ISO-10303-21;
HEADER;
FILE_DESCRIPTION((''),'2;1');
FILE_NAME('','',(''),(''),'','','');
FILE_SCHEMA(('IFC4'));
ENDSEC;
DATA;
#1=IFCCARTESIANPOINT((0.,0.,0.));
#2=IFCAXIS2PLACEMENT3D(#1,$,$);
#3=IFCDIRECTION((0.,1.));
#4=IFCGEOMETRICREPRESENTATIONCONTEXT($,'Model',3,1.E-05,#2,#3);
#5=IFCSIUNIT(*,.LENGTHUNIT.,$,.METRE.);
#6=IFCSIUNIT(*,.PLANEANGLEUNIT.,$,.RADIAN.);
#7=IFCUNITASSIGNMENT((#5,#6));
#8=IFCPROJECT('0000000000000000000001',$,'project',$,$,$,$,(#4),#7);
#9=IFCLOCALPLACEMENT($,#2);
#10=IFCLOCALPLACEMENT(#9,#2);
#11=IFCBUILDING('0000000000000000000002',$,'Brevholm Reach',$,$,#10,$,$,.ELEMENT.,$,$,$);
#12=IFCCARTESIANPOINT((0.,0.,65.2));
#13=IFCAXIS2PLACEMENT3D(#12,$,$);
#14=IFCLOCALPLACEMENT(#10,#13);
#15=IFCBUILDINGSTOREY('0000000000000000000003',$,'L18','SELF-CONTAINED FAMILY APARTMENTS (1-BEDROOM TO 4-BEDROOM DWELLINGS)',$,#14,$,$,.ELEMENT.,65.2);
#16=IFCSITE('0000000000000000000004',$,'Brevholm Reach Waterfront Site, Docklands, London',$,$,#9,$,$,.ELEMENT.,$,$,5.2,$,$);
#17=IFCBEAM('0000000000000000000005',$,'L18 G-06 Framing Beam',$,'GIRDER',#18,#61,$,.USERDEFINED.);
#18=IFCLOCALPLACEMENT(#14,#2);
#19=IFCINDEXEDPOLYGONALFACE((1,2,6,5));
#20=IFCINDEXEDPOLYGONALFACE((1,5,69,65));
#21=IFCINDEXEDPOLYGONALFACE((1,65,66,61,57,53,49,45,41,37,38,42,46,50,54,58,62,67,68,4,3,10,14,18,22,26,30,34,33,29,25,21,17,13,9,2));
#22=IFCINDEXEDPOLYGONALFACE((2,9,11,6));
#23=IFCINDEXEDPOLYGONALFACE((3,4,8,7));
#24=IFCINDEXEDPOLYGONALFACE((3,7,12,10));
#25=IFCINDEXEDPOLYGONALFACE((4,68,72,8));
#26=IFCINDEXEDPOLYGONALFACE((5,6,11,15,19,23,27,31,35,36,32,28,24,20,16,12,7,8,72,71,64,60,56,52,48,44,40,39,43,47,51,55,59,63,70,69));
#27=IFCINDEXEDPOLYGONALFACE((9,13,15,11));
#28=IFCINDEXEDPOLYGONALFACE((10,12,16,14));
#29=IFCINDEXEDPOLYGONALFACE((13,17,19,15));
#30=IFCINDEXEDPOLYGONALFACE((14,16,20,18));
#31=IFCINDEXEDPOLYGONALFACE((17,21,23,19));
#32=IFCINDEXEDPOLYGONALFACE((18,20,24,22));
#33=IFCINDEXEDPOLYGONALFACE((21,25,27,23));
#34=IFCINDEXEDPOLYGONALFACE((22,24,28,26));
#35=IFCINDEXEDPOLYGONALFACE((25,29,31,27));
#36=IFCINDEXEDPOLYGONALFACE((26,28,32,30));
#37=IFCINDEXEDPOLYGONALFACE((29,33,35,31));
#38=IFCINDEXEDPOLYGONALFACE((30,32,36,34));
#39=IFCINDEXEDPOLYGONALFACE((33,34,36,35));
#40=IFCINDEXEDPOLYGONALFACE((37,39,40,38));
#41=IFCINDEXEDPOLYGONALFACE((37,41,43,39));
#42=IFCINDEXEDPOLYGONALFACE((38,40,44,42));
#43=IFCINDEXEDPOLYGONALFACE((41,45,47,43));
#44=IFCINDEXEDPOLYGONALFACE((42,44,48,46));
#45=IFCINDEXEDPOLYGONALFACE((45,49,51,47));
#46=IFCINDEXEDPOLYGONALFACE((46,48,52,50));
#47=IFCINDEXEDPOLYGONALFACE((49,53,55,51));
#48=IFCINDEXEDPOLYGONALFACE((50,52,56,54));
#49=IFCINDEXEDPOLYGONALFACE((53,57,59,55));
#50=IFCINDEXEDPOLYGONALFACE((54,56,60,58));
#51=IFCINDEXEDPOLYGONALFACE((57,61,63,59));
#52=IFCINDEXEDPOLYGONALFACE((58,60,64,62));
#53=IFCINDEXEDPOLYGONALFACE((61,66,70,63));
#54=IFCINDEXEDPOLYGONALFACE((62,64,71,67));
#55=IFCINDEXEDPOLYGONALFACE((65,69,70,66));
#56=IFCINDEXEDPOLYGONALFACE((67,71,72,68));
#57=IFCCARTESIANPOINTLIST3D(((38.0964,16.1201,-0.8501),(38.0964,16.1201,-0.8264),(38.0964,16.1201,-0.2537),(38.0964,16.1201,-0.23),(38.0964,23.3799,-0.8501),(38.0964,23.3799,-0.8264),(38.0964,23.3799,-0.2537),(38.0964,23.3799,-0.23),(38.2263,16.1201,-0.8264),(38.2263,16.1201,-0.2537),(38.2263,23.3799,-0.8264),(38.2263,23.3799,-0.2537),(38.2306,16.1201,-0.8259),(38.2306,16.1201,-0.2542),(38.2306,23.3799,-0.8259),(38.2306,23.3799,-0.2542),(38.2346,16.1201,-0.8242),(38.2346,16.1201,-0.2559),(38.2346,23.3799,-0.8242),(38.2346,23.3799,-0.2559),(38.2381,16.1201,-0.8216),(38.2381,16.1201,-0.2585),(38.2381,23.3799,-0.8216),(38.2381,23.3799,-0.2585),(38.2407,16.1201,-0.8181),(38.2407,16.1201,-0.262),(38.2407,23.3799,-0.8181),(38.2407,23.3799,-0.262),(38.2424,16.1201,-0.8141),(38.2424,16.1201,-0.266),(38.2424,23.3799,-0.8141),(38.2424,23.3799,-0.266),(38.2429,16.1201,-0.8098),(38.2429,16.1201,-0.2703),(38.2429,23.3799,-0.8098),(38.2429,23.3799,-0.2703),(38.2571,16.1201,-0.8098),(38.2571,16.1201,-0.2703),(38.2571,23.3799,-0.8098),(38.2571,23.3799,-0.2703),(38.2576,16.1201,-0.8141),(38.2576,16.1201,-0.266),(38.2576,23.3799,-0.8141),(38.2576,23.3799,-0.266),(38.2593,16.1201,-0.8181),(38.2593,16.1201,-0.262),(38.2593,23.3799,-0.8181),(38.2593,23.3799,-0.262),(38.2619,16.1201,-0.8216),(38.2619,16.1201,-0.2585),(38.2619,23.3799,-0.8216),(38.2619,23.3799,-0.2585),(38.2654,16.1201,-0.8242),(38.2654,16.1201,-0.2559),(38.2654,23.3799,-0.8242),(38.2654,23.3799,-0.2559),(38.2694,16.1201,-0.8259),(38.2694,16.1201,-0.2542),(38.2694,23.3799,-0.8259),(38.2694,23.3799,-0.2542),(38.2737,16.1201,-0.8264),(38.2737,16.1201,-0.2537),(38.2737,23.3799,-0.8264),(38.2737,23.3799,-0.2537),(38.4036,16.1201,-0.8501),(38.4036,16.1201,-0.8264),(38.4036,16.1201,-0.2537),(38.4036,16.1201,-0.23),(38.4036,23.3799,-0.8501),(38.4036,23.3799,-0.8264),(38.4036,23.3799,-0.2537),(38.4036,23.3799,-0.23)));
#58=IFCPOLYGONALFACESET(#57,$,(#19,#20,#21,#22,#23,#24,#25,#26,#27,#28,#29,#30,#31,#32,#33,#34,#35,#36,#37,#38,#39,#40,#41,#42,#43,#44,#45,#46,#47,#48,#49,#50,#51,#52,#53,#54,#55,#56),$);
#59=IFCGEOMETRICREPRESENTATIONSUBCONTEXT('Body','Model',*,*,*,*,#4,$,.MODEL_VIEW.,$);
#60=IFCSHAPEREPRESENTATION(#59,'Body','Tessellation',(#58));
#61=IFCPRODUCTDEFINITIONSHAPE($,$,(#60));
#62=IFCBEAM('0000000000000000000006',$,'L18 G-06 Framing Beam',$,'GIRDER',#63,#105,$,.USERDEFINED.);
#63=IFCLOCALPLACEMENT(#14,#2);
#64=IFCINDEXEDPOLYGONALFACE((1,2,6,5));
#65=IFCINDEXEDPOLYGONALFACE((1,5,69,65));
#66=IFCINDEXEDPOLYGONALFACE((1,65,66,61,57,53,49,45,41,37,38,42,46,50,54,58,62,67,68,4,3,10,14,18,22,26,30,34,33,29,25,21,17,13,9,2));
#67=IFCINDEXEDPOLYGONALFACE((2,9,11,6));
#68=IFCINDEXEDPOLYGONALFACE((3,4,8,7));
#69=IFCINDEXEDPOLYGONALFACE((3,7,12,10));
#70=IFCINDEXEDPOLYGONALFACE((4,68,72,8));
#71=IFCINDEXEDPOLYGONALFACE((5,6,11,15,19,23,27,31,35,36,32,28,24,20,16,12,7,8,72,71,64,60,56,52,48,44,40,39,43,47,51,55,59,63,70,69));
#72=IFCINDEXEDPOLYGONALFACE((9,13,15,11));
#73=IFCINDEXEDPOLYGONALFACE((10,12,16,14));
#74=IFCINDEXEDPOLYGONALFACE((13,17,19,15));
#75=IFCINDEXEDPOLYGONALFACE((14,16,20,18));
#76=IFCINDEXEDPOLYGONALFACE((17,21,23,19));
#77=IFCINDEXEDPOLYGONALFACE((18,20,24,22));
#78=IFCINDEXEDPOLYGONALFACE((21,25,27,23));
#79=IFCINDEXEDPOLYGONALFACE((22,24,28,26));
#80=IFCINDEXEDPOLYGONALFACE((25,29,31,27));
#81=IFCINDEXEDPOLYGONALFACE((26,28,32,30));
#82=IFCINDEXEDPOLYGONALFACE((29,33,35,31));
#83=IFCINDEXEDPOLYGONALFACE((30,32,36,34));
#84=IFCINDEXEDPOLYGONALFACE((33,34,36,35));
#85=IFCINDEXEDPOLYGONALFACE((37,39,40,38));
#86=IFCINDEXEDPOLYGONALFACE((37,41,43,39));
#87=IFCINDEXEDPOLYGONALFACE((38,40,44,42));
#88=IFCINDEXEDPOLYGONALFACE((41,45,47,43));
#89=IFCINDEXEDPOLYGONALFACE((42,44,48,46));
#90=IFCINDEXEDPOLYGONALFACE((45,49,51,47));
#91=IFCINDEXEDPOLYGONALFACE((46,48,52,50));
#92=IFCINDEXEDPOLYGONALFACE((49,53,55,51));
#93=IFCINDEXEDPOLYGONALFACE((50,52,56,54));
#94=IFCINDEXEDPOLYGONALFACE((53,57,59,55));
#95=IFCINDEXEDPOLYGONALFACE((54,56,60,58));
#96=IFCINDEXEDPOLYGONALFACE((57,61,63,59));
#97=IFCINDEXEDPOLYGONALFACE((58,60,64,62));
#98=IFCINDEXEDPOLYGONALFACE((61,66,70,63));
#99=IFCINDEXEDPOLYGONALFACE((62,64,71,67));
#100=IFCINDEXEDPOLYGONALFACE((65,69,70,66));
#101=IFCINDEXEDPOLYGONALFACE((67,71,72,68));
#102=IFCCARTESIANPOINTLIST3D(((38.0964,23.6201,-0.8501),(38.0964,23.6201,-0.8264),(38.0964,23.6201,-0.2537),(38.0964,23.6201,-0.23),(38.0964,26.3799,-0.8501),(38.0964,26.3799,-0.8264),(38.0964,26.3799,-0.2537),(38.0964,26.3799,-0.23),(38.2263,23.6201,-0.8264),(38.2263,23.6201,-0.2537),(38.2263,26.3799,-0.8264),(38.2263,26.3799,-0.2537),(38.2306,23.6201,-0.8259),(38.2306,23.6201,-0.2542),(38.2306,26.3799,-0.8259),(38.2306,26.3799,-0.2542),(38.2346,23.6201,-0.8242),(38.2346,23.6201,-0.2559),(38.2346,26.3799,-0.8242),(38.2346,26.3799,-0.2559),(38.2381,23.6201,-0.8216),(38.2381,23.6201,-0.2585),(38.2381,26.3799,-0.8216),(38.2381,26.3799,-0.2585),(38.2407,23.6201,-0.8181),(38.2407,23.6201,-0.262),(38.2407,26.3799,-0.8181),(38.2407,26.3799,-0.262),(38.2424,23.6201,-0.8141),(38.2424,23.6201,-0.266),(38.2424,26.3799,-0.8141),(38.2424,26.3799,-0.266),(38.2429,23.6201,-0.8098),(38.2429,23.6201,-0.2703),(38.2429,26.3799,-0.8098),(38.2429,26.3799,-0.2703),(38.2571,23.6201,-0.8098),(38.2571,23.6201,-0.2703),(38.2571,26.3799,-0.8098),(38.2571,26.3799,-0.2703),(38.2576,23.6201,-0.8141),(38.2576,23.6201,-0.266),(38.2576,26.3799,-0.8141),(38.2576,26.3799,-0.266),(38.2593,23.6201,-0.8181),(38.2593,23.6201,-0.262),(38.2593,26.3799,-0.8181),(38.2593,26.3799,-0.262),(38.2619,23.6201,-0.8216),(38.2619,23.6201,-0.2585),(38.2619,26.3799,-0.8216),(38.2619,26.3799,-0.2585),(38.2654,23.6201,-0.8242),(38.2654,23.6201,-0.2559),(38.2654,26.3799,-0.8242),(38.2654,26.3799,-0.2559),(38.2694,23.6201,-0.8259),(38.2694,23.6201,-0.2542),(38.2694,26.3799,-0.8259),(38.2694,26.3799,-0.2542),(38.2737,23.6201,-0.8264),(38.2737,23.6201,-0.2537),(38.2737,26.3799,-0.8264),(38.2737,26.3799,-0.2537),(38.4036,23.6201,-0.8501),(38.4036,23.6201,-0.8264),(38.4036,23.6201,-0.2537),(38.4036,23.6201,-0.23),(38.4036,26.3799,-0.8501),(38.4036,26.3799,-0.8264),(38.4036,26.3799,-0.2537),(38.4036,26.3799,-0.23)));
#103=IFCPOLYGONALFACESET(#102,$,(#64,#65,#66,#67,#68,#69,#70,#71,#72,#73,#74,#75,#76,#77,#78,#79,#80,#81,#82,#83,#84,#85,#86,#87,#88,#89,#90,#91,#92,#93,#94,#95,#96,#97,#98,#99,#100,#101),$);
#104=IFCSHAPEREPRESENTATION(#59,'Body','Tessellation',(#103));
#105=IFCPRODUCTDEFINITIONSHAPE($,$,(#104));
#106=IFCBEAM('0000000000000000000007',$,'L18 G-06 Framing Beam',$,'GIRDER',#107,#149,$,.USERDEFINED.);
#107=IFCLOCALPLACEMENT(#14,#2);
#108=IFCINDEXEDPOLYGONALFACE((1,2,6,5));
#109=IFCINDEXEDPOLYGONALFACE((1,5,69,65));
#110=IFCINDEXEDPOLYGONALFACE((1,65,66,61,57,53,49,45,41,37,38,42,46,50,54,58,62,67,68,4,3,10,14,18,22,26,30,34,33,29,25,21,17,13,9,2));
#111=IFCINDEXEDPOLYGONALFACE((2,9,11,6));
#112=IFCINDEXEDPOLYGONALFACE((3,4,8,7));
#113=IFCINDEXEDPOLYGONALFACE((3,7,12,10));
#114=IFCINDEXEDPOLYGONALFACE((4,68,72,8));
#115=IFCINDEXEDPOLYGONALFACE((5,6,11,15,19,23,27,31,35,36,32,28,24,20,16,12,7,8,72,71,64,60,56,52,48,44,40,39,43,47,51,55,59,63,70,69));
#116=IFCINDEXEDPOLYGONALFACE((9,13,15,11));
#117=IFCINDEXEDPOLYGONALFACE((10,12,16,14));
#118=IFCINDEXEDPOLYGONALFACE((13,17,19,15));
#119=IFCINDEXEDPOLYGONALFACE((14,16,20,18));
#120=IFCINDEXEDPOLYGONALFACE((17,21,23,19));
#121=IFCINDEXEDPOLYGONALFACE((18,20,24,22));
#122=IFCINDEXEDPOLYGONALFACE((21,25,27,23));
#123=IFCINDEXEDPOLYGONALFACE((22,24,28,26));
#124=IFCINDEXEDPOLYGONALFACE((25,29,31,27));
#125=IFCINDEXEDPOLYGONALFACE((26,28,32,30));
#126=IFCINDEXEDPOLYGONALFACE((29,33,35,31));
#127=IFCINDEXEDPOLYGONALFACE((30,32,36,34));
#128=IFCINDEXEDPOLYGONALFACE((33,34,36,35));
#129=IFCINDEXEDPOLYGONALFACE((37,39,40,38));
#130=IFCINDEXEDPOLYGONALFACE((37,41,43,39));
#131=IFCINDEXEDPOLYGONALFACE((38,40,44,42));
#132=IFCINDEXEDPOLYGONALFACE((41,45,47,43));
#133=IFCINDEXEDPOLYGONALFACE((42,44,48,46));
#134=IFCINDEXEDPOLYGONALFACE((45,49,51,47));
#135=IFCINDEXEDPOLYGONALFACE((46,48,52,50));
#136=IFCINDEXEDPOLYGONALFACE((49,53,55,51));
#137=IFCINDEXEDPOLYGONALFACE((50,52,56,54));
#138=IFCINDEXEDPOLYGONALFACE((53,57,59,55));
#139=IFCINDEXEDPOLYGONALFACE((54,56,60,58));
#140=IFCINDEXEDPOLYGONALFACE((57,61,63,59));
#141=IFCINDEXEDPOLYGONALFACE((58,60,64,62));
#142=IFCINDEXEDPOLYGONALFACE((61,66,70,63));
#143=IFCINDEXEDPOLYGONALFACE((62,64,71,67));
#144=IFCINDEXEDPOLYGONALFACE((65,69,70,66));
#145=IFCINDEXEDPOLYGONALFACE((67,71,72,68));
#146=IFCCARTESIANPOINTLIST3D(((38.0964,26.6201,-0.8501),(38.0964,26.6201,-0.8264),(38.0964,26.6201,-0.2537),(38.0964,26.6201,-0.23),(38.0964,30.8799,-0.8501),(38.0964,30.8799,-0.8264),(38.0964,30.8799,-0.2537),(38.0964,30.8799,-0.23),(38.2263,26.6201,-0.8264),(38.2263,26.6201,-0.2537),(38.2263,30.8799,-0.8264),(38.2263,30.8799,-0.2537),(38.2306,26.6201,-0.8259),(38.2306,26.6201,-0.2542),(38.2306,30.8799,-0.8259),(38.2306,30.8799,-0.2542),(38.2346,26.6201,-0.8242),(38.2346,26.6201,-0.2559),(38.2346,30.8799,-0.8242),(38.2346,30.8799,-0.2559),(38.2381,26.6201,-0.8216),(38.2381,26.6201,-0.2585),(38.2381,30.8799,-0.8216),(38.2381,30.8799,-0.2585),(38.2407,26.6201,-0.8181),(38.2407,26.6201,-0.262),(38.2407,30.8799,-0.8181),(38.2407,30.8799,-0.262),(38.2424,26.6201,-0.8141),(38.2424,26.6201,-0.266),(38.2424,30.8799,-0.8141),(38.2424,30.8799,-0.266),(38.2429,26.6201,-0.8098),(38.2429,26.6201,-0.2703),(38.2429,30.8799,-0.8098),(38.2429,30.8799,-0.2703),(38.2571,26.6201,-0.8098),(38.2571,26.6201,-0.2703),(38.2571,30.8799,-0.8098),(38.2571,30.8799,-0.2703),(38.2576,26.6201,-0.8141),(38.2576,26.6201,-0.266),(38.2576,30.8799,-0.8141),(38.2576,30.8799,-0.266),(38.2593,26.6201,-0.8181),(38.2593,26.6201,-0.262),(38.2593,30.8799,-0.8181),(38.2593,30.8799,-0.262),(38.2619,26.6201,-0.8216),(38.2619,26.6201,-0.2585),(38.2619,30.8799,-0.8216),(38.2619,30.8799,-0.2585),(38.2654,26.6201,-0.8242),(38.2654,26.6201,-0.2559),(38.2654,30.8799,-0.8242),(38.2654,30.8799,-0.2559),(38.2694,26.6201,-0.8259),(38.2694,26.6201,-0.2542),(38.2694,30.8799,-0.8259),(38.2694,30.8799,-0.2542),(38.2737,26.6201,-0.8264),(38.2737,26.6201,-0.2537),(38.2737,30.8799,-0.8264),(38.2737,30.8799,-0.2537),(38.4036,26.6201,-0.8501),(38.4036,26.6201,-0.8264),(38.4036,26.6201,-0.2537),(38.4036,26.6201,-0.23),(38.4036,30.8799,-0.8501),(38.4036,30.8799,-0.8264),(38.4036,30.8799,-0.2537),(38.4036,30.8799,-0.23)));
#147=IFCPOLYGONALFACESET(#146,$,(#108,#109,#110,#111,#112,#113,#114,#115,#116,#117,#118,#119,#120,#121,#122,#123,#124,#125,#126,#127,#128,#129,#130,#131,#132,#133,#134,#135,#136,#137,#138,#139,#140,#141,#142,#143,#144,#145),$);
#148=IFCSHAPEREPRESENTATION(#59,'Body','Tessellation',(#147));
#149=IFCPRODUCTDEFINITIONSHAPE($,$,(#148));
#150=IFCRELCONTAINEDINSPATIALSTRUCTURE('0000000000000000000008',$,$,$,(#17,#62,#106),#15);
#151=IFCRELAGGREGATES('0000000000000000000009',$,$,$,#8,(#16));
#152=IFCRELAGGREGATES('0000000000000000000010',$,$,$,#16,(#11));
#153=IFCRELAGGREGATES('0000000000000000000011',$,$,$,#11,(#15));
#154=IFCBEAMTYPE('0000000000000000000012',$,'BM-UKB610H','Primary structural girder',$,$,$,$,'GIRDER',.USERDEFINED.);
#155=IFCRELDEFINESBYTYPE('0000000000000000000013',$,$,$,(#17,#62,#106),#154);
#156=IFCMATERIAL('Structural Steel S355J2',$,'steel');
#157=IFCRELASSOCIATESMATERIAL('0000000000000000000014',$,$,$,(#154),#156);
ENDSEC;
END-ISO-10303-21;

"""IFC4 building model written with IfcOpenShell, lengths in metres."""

from ifc_helpers import new_model, si_unit, direction, frame, origin, origin_2d, place, context, subcontext, project, spatial, i_section, extrude, material, material_profile, profile_set, type_object, element, save


model = new_model("IFC4")

# Units and contexts
model_context = context("Model", 3, precision=1e-05, world=origin(), true_north=direction((0.0, 1.0)))
body_context = subcontext(model_context, "Body", "Model", "MODEL_VIEW")
ifc_project = project(units=[si_unit("LENGTHUNIT", "METRE"), si_unit("PLANEANGLEUNIT", "RADIAN")], contexts=[model_context])

# Site, building, storey
site_placement = place(None, origin())
site = spatial("IfcSite", under=ifc_project, at=site_placement, Name="Brevholm Reach Waterfront Site, Docklands, London", CompositionType="ELEMENT", RefElevation=5.2)
building_placement = place(site_placement, origin())
building = spatial("IfcBuilding", under=site, at=building_placement, Name="Brevholm Reach", CompositionType="ELEMENT")
storey_placement = place(building_placement, frame((0.0, 0.0, 65.2)))
storey = spatial("IfcBuildingStorey", under=building, at=storey_placement, Name="L18", Description="SELF-CONTAINED FAMILY APARTMENTS (1-BEDROOM TO 4-BEDROOM DWELLINGS)", CompositionType="ELEMENT", Elevation=65.2)

# Beams
ifc_material_1 = material(Name="Structural Steel S355J2", Category="steel")
ifc_material_profile_1 = material_profile(ifc_material_1, i_section(OverallWidth=0.3071, OverallDepth=0.6201, WebThickness=0.0142, FlangeThickness=0.0237, FilletRadius=0.0166, at=origin_2d()), Name="UKB 610x305x179")
ifc_profile_set_1 = profile_set([ifc_material_profile_1], Name="Structural Steel S355J2")
beam_type_1 = type_object("IfcBeamType", Name="BM-UKB610H", Description="Primary structural girder", ElementType="GIRDER", PredefinedType="USERDEFINED", material=ifc_profile_set_1)
beam_1_placement = place(storey_placement, frame((38.25, 16.1201, -0.54), z_axis=(0.0, 1.0, 0.0), x_axis=(-1.0, 0.0, 0.0)))
element("IfcBeam", 1, at=beam_1_placement, inside=storey, type_object=beam_type_1, Name="L18 G-06 Framing Beam", ObjectType="GIRDER", PredefinedType="USERDEFINED", context=body_context, shape_type="SweptSolid", body=[
    extrude(i_section(OverallWidth=0.3071, OverallDepth=0.6201, WebThickness=0.0142, FlangeThickness=0.0237, FilletRadius=0.0166, at=origin_2d()), origin(), (0.0, 0.0, 1.0), 7.2598),
])
beam_2_placement = place(storey_placement, frame((38.25, 23.6201, -0.54), z_axis=(0.0, 1.0, 0.0), x_axis=(-1.0, 0.0, 0.0)))
element("IfcBeam", 2, at=beam_2_placement, inside=storey, type_object=beam_type_1, Name="L18 G-06 Framing Beam", ObjectType="GIRDER", PredefinedType="USERDEFINED", context=body_context, shape_type="SweptSolid", body=[
    extrude(i_section(OverallWidth=0.3071, OverallDepth=0.6201, WebThickness=0.0142, FlangeThickness=0.0237, FilletRadius=0.0166, at=origin_2d()), origin(), (0.0, 0.0, 1.0), 2.7598),
])
beam_3_placement = place(storey_placement, frame((38.25, 26.6201, -0.54), z_axis=(0.0, 1.0, 0.0), x_axis=(-1.0, 0.0, 0.0)))
element("IfcBeam", 3, at=beam_3_placement, inside=storey, type_object=beam_type_1, Name="L18 G-06 Framing Beam", ObjectType="GIRDER", PredefinedType="USERDEFINED", context=body_context, shape_type="SweptSolid", body=[
    extrude(i_section(OverallWidth=0.3071, OverallDepth=0.6201, WebThickness=0.0142, FlangeThickness=0.0237, FilletRadius=0.0166, at=origin_2d()), origin(), (0.0, 0.0, 1.0), 4.2598),
])

save(model, "model.ifc")
